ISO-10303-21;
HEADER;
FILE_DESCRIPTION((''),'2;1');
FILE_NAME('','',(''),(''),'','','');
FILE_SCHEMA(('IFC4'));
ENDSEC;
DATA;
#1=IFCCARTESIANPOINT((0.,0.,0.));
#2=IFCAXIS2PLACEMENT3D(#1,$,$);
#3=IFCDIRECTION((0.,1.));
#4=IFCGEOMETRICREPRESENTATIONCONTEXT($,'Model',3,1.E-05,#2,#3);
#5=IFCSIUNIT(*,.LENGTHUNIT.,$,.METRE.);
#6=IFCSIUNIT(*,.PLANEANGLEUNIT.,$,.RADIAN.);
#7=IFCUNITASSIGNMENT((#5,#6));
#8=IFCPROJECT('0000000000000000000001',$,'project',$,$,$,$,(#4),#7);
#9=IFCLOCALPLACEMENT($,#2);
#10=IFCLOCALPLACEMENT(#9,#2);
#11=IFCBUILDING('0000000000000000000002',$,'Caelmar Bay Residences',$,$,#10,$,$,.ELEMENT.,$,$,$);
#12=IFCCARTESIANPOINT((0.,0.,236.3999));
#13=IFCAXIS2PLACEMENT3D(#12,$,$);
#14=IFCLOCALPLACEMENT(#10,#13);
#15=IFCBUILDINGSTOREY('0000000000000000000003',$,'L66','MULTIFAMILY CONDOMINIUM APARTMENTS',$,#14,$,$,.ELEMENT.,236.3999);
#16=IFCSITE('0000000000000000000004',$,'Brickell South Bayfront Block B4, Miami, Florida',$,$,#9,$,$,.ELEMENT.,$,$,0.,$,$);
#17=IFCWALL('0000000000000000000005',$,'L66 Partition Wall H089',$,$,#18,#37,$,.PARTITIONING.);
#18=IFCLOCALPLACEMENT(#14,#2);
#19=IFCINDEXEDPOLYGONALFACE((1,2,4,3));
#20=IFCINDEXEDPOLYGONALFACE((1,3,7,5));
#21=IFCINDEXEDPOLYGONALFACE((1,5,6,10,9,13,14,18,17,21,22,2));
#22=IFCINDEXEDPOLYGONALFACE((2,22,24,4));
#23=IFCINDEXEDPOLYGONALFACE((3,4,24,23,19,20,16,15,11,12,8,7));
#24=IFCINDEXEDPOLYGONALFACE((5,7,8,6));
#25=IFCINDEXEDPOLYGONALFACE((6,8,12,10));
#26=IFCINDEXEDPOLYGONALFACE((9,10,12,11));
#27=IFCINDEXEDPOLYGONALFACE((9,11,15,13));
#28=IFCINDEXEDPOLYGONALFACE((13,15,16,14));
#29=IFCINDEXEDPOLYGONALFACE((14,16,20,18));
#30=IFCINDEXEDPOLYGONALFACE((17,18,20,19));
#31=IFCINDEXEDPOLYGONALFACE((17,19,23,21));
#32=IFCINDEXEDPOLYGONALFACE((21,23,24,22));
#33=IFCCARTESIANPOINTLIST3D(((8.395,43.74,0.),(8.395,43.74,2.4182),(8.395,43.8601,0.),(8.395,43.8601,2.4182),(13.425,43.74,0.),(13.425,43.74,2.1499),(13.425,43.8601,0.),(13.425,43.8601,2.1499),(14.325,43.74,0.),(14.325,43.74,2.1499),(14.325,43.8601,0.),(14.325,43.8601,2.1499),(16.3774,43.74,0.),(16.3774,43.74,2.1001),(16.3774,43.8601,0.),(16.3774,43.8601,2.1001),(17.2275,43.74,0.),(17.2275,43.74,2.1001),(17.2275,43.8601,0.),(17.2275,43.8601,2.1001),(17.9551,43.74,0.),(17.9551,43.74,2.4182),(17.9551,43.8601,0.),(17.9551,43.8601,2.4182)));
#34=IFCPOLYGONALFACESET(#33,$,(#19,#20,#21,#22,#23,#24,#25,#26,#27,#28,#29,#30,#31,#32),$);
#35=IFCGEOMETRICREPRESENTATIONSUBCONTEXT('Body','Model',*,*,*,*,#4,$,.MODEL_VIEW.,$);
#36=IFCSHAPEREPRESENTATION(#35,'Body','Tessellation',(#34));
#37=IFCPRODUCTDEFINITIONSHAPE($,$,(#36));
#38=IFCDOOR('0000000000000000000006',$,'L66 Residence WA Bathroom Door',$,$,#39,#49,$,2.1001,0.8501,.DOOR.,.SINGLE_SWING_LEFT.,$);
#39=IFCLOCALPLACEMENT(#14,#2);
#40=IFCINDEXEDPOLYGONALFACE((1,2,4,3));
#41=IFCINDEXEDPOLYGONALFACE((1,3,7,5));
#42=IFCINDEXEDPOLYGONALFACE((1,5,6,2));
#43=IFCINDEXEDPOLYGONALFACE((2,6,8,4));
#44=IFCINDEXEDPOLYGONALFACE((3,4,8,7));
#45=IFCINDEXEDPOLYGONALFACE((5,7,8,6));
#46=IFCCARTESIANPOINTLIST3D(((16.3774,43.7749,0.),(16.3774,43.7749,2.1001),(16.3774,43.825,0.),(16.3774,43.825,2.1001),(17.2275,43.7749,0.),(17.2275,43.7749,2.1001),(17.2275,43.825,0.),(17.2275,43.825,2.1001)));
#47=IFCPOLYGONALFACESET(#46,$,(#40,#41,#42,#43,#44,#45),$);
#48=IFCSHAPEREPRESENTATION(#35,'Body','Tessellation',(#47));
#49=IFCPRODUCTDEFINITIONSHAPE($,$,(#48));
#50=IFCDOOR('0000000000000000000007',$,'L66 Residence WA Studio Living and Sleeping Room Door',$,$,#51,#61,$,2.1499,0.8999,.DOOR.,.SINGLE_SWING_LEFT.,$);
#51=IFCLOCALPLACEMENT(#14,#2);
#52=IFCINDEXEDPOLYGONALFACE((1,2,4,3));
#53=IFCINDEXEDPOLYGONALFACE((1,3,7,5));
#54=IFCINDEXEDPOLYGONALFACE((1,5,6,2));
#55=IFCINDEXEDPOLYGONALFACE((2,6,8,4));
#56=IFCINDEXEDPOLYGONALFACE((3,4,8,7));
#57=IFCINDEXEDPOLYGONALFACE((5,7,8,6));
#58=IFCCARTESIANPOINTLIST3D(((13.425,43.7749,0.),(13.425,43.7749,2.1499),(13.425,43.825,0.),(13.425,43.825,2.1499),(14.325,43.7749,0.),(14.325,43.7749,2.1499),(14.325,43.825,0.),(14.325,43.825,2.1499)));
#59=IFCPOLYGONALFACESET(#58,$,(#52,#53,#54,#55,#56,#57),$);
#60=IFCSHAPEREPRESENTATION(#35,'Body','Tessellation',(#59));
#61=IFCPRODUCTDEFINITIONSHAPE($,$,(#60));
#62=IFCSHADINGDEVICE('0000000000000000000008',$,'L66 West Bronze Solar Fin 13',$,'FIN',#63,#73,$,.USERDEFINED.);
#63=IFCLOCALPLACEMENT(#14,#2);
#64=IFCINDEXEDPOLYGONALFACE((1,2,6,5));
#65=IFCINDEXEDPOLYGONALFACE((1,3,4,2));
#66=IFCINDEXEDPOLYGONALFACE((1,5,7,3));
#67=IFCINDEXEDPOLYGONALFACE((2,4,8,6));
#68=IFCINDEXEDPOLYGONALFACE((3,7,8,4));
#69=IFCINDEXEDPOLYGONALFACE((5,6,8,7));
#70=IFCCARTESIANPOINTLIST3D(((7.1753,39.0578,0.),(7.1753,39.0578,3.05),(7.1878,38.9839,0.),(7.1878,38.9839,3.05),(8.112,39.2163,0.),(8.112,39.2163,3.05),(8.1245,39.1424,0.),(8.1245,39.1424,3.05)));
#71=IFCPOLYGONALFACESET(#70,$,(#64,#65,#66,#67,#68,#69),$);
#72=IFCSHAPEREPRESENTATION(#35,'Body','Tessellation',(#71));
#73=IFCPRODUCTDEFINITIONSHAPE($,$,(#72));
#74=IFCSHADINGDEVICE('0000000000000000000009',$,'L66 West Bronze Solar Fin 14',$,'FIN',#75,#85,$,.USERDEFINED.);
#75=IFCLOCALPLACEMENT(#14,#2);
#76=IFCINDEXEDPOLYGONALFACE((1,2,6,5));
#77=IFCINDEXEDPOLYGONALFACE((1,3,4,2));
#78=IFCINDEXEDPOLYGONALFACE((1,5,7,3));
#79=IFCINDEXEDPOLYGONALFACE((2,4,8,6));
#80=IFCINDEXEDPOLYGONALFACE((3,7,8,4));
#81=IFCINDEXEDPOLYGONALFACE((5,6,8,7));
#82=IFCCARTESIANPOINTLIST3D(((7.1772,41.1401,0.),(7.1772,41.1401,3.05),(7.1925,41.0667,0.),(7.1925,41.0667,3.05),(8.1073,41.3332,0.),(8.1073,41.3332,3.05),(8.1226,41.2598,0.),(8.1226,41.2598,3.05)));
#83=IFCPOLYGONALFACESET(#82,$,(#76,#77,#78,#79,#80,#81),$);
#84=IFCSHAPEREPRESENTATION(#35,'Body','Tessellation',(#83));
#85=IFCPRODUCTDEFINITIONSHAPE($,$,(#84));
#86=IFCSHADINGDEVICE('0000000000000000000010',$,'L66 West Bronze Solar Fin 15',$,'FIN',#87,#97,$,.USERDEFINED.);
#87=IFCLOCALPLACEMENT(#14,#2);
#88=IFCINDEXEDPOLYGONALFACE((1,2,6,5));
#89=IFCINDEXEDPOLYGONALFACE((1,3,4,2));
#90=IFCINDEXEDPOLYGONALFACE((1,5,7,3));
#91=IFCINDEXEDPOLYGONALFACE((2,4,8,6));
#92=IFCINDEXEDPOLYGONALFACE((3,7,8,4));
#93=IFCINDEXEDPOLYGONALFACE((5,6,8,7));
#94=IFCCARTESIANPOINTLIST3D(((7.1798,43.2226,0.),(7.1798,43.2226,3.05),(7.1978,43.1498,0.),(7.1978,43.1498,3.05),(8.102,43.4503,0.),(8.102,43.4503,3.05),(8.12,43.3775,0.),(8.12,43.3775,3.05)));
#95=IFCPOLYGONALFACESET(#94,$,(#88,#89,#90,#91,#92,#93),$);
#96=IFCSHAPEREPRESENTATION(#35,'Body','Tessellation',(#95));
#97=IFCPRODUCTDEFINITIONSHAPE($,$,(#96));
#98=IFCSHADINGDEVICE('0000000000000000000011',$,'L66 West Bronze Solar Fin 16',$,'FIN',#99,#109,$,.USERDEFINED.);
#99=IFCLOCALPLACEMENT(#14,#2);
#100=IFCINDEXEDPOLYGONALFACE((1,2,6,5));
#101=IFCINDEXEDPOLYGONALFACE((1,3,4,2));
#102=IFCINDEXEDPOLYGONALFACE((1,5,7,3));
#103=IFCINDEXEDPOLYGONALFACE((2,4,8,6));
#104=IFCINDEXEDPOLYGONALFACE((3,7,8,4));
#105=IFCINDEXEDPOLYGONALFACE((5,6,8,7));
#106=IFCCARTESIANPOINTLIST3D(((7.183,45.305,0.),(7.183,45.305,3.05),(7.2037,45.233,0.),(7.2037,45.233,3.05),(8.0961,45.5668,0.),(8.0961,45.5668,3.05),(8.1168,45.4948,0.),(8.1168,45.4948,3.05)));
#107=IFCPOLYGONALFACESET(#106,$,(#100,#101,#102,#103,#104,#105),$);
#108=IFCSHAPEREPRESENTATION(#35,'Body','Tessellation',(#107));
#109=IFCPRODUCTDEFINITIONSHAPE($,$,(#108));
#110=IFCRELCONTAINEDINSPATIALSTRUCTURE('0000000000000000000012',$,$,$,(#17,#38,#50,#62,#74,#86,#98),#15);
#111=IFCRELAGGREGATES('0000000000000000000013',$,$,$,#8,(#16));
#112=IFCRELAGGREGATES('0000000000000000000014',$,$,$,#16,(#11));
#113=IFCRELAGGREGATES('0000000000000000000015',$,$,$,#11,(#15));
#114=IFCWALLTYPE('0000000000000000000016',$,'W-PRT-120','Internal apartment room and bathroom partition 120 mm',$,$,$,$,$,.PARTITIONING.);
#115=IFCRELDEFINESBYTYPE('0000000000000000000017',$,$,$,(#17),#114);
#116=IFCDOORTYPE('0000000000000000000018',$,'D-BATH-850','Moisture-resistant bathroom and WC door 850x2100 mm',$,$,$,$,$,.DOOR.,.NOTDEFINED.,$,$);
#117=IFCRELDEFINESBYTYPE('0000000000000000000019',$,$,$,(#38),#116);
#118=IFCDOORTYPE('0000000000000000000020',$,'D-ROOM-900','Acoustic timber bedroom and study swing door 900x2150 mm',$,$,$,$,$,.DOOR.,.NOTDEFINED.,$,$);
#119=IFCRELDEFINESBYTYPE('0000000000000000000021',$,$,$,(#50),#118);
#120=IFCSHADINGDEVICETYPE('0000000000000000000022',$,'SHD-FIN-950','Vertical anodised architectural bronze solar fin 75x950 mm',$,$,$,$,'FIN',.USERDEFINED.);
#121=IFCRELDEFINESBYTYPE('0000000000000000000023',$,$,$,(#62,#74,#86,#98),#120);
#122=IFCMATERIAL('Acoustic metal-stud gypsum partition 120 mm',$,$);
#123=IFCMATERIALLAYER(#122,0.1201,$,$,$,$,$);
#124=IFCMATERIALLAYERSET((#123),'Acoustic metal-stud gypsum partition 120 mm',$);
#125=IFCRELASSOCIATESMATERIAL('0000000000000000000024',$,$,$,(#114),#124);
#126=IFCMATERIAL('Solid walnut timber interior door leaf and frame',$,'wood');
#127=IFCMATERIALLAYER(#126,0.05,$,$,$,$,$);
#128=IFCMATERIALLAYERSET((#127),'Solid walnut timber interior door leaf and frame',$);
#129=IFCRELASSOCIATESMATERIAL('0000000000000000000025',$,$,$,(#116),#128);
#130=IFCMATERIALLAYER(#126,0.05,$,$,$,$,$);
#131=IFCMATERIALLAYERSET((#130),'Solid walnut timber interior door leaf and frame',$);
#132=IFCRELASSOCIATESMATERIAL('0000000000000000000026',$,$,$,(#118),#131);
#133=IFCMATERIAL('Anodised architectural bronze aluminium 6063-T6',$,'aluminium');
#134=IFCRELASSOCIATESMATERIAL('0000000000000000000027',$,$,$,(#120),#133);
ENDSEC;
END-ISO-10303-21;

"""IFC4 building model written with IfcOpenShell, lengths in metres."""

from ifc_helpers import new_model, si_unit, direction, frame, frame_2d, origin, origin_2d, place, context, subcontext, project, spatial, rectangle, extrude, material, layer, layer_set, material_profile, profile_set, type_object, element, fill, save


model = new_model("IFC4")

# Units and contexts
model_context = context("Model", 3, precision=1e-05, world=origin(), true_north=direction((0.0, 1.0)))
body_context = subcontext(model_context, "Body", "Model", "MODEL_VIEW")
ifc_project = project(units=[si_unit("LENGTHUNIT", "METRE"), si_unit("PLANEANGLEUNIT", "RADIAN")], contexts=[model_context])

# Site, building, storey
site_placement = place(None, origin())
site = spatial("IfcSite", under=ifc_project, at=site_placement, Name="Brickell South Bayfront Block B4, Miami, Florida", CompositionType="ELEMENT", RefElevation=0.0)
building_placement = place(site_placement, origin())
building = spatial("IfcBuilding", under=site, at=building_placement, Name="Caelmar Bay Residences", CompositionType="ELEMENT")
storey_placement = place(building_placement, frame((0.0, 0.0, 236.3999)))
storey = spatial("IfcBuildingStorey", under=building, at=storey_placement, Name="L66", Description="MULTIFAMILY CONDOMINIUM APARTMENTS", CompositionType="ELEMENT", Elevation=236.3999)

# Shared definitions
ifc_material_1 = material(Name="Acoustic metal-stud gypsum partition 120 mm")
ifc_layer_1 = layer(ifc_material_1, 0.1201)
ifc_layer_set_1 = layer_set([ifc_layer_1], Name="Acoustic metal-stud gypsum partition 120 mm")
wall_type_1 = type_object("IfcWallType", Name="W-PRT-120", Description="Internal apartment room and bathroom partition 120 mm", PredefinedType="PARTITIONING", material=ifc_layer_set_1)

# Wall, openings, doors
wall_1_placement = place(storey_placement, frame((8.395, 43.8, 0.0), z_axis=(0.0, 0.0, 1.0), x_axis=(1.0, 0.0, 0.0)))
wall_1 = element("IfcWall", 1, at=wall_1_placement, inside=storey, type_object=wall_type_1, Name="L66 Partition Wall H089", PredefinedType="PARTITIONING", context=body_context, shape_type="SweptSolid", body=[
    extrude(rectangle(XDim=9.5601, YDim=0.1201, at=frame_2d((4.78, 0.0))), origin(), (0.0, 0.0, 1.0), 2.4182),
])
opening_1_placement = place(wall_1_placement, frame((5.03, 0.0, 0.0)))
opening_1 = element("IfcOpeningElement", 2, at=opening_1_placement, cuts=wall_1, PredefinedType="OPENING", context=body_context, shape_type="SweptSolid", body=[
    extrude(rectangle(XDim=0.8999, YDim=2.1499, at=frame_2d((0.45, 1.075))), frame((0.0, 0.0701, 0.0), z_axis=(0.0, -1.0, 0.0), x_axis=(1.0, 0.0, 0.0)), (0.0, 0.0, 1.0), 0.1401),
])
opening_2_placement = place(wall_1_placement, frame((7.9824, 0.0, 0.0)))
opening_2 = element("IfcOpeningElement", 3, at=opening_2_placement, cuts=wall_1, PredefinedType="OPENING", context=body_context, shape_type="SweptSolid", body=[
    extrude(rectangle(XDim=0.8501, YDim=2.1001, at=frame_2d((0.425, 1.05))), frame((0.0, 0.0701, 0.0), z_axis=(0.0, -1.0, 0.0), x_axis=(1.0, 0.0, 0.0)), (0.0, 0.0, 1.0), 0.1401),
])
ifc_material_2 = material(Name="Solid walnut timber interior door leaf and frame", Category="wood")
ifc_layer_2 = layer(ifc_material_2, 0.05)
ifc_layer_set_2 = layer_set([ifc_layer_2], Name="Solid walnut timber interior door leaf and frame")
door_type_1 = type_object("IfcDoorType", Name="D-BATH-850", Description="Moisture-resistant bathroom and WC door 850x2100 mm", OperationType="NOTDEFINED", PredefinedType="DOOR", material=ifc_layer_set_2)
door_1_placement = place(opening_2_placement, origin())
door_1 = element("IfcDoor", 4, at=door_1_placement, inside=storey, type_object=door_type_1, Name="L66 Residence WA Bathroom Door", OperationType="SINGLE_SWING_LEFT", OverallHeight=2.1001, OverallWidth=0.8501, PredefinedType="DOOR", context=body_context, shape_type="SweptSolid", body=[
    extrude(rectangle(XDim=0.8501, YDim=2.1001, at=frame_2d((0.425, 1.05))), frame((0.0, 0.0249, 0.0), z_axis=(0.0, -1.0, 0.0), x_axis=(1.0, 0.0, 0.0)), (0.0, 0.0, 1.0), 0.05),
])
fill(opening_2, door_1)
ifc_layer_3 = layer(ifc_material_2, 0.05)
ifc_layer_set_3 = layer_set([ifc_layer_3], Name="Solid walnut timber interior door leaf and frame")
door_type_2 = type_object("IfcDoorType", Name="D-ROOM-900", Description="Acoustic timber bedroom and study swing door 900x2150 mm", OperationType="NOTDEFINED", PredefinedType="DOOR", material=ifc_layer_set_3)
door_2_placement = place(opening_1_placement, origin())
door_2 = element("IfcDoor", 5, at=door_2_placement, inside=storey, type_object=door_type_2, Name="L66 Residence WA Studio Living and Sleeping Room Door", OperationType="SINGLE_SWING_LEFT", OverallHeight=2.1499, OverallWidth=0.8999, PredefinedType="DOOR", context=body_context, shape_type="SweptSolid", body=[
    extrude(rectangle(XDim=0.8999, YDim=2.1499, at=frame_2d((0.45, 1.075))), frame((0.0, 0.0249, 0.0), z_axis=(0.0, -1.0, 0.0), x_axis=(1.0, 0.0, 0.0)), (0.0, 0.0, 1.0), 0.05),
])
fill(opening_1, door_2)

# Shading devices
ifc_material_3 = material(Name="Anodised architectural bronze aluminium 6063-T6", Category="aluminium")
ifc_material_profile_1 = material_profile(ifc_material_3, rectangle(XDim=0.075, YDim=0.95, at=origin_2d()), Name="BRONZE-FIN-75X950")
ifc_profile_set_1 = profile_set([ifc_material_profile_1], Name="Anodised architectural bronze aluminium 6063-T6")
shading_device_type = type_object("IfcShadingDeviceType", Name="SHD-FIN-950", Description="Vertical anodised architectural bronze solar fin 75x950 mm", ElementType="FIN", PredefinedType="USERDEFINED", material=ifc_profile_set_1)
for number, where, z_axis, x_axis, name in (
    (6, (7.6499, 39.1001, 0.0), (0.0, 0.0, 1.0), (-0.166769, 0.985996, 0.0), "L66 West Bronze Solar Fin 13"),
    (7, (7.6499, 41.2, 0.0), (0.0, 0.0, 1.0), (-0.2033, 0.979116, 0.0), "L66 West Bronze Solar Fin 14"),
    (8, (7.6499, 43.3, 0.0), (0.0, 0.0, 1.0), (-0.23972, 0.970842, 0.0), "L66 West Bronze Solar Fin 15"),
    (9, (7.6499, 45.3999, 0.0), (0.0, 0.0, 1.0), (-0.275637, 0.961262, 0.0), "L66 West Bronze Solar Fin 16"),
):
    element("IfcShadingDevice", number, at=place(storey_placement, frame(where, z_axis=z_axis, x_axis=x_axis)), inside=storey, type_object=shading_device_type, Name=name, ObjectType="FIN", PredefinedType="USERDEFINED", context=body_context, shape_type="SweptSolid", body=[
        extrude(rectangle(XDim=0.075, YDim=0.95, at=origin_2d()), origin(), (0.0, 0.0, 1.0), 3.05),
    ])

save(model, "model.ifc")
